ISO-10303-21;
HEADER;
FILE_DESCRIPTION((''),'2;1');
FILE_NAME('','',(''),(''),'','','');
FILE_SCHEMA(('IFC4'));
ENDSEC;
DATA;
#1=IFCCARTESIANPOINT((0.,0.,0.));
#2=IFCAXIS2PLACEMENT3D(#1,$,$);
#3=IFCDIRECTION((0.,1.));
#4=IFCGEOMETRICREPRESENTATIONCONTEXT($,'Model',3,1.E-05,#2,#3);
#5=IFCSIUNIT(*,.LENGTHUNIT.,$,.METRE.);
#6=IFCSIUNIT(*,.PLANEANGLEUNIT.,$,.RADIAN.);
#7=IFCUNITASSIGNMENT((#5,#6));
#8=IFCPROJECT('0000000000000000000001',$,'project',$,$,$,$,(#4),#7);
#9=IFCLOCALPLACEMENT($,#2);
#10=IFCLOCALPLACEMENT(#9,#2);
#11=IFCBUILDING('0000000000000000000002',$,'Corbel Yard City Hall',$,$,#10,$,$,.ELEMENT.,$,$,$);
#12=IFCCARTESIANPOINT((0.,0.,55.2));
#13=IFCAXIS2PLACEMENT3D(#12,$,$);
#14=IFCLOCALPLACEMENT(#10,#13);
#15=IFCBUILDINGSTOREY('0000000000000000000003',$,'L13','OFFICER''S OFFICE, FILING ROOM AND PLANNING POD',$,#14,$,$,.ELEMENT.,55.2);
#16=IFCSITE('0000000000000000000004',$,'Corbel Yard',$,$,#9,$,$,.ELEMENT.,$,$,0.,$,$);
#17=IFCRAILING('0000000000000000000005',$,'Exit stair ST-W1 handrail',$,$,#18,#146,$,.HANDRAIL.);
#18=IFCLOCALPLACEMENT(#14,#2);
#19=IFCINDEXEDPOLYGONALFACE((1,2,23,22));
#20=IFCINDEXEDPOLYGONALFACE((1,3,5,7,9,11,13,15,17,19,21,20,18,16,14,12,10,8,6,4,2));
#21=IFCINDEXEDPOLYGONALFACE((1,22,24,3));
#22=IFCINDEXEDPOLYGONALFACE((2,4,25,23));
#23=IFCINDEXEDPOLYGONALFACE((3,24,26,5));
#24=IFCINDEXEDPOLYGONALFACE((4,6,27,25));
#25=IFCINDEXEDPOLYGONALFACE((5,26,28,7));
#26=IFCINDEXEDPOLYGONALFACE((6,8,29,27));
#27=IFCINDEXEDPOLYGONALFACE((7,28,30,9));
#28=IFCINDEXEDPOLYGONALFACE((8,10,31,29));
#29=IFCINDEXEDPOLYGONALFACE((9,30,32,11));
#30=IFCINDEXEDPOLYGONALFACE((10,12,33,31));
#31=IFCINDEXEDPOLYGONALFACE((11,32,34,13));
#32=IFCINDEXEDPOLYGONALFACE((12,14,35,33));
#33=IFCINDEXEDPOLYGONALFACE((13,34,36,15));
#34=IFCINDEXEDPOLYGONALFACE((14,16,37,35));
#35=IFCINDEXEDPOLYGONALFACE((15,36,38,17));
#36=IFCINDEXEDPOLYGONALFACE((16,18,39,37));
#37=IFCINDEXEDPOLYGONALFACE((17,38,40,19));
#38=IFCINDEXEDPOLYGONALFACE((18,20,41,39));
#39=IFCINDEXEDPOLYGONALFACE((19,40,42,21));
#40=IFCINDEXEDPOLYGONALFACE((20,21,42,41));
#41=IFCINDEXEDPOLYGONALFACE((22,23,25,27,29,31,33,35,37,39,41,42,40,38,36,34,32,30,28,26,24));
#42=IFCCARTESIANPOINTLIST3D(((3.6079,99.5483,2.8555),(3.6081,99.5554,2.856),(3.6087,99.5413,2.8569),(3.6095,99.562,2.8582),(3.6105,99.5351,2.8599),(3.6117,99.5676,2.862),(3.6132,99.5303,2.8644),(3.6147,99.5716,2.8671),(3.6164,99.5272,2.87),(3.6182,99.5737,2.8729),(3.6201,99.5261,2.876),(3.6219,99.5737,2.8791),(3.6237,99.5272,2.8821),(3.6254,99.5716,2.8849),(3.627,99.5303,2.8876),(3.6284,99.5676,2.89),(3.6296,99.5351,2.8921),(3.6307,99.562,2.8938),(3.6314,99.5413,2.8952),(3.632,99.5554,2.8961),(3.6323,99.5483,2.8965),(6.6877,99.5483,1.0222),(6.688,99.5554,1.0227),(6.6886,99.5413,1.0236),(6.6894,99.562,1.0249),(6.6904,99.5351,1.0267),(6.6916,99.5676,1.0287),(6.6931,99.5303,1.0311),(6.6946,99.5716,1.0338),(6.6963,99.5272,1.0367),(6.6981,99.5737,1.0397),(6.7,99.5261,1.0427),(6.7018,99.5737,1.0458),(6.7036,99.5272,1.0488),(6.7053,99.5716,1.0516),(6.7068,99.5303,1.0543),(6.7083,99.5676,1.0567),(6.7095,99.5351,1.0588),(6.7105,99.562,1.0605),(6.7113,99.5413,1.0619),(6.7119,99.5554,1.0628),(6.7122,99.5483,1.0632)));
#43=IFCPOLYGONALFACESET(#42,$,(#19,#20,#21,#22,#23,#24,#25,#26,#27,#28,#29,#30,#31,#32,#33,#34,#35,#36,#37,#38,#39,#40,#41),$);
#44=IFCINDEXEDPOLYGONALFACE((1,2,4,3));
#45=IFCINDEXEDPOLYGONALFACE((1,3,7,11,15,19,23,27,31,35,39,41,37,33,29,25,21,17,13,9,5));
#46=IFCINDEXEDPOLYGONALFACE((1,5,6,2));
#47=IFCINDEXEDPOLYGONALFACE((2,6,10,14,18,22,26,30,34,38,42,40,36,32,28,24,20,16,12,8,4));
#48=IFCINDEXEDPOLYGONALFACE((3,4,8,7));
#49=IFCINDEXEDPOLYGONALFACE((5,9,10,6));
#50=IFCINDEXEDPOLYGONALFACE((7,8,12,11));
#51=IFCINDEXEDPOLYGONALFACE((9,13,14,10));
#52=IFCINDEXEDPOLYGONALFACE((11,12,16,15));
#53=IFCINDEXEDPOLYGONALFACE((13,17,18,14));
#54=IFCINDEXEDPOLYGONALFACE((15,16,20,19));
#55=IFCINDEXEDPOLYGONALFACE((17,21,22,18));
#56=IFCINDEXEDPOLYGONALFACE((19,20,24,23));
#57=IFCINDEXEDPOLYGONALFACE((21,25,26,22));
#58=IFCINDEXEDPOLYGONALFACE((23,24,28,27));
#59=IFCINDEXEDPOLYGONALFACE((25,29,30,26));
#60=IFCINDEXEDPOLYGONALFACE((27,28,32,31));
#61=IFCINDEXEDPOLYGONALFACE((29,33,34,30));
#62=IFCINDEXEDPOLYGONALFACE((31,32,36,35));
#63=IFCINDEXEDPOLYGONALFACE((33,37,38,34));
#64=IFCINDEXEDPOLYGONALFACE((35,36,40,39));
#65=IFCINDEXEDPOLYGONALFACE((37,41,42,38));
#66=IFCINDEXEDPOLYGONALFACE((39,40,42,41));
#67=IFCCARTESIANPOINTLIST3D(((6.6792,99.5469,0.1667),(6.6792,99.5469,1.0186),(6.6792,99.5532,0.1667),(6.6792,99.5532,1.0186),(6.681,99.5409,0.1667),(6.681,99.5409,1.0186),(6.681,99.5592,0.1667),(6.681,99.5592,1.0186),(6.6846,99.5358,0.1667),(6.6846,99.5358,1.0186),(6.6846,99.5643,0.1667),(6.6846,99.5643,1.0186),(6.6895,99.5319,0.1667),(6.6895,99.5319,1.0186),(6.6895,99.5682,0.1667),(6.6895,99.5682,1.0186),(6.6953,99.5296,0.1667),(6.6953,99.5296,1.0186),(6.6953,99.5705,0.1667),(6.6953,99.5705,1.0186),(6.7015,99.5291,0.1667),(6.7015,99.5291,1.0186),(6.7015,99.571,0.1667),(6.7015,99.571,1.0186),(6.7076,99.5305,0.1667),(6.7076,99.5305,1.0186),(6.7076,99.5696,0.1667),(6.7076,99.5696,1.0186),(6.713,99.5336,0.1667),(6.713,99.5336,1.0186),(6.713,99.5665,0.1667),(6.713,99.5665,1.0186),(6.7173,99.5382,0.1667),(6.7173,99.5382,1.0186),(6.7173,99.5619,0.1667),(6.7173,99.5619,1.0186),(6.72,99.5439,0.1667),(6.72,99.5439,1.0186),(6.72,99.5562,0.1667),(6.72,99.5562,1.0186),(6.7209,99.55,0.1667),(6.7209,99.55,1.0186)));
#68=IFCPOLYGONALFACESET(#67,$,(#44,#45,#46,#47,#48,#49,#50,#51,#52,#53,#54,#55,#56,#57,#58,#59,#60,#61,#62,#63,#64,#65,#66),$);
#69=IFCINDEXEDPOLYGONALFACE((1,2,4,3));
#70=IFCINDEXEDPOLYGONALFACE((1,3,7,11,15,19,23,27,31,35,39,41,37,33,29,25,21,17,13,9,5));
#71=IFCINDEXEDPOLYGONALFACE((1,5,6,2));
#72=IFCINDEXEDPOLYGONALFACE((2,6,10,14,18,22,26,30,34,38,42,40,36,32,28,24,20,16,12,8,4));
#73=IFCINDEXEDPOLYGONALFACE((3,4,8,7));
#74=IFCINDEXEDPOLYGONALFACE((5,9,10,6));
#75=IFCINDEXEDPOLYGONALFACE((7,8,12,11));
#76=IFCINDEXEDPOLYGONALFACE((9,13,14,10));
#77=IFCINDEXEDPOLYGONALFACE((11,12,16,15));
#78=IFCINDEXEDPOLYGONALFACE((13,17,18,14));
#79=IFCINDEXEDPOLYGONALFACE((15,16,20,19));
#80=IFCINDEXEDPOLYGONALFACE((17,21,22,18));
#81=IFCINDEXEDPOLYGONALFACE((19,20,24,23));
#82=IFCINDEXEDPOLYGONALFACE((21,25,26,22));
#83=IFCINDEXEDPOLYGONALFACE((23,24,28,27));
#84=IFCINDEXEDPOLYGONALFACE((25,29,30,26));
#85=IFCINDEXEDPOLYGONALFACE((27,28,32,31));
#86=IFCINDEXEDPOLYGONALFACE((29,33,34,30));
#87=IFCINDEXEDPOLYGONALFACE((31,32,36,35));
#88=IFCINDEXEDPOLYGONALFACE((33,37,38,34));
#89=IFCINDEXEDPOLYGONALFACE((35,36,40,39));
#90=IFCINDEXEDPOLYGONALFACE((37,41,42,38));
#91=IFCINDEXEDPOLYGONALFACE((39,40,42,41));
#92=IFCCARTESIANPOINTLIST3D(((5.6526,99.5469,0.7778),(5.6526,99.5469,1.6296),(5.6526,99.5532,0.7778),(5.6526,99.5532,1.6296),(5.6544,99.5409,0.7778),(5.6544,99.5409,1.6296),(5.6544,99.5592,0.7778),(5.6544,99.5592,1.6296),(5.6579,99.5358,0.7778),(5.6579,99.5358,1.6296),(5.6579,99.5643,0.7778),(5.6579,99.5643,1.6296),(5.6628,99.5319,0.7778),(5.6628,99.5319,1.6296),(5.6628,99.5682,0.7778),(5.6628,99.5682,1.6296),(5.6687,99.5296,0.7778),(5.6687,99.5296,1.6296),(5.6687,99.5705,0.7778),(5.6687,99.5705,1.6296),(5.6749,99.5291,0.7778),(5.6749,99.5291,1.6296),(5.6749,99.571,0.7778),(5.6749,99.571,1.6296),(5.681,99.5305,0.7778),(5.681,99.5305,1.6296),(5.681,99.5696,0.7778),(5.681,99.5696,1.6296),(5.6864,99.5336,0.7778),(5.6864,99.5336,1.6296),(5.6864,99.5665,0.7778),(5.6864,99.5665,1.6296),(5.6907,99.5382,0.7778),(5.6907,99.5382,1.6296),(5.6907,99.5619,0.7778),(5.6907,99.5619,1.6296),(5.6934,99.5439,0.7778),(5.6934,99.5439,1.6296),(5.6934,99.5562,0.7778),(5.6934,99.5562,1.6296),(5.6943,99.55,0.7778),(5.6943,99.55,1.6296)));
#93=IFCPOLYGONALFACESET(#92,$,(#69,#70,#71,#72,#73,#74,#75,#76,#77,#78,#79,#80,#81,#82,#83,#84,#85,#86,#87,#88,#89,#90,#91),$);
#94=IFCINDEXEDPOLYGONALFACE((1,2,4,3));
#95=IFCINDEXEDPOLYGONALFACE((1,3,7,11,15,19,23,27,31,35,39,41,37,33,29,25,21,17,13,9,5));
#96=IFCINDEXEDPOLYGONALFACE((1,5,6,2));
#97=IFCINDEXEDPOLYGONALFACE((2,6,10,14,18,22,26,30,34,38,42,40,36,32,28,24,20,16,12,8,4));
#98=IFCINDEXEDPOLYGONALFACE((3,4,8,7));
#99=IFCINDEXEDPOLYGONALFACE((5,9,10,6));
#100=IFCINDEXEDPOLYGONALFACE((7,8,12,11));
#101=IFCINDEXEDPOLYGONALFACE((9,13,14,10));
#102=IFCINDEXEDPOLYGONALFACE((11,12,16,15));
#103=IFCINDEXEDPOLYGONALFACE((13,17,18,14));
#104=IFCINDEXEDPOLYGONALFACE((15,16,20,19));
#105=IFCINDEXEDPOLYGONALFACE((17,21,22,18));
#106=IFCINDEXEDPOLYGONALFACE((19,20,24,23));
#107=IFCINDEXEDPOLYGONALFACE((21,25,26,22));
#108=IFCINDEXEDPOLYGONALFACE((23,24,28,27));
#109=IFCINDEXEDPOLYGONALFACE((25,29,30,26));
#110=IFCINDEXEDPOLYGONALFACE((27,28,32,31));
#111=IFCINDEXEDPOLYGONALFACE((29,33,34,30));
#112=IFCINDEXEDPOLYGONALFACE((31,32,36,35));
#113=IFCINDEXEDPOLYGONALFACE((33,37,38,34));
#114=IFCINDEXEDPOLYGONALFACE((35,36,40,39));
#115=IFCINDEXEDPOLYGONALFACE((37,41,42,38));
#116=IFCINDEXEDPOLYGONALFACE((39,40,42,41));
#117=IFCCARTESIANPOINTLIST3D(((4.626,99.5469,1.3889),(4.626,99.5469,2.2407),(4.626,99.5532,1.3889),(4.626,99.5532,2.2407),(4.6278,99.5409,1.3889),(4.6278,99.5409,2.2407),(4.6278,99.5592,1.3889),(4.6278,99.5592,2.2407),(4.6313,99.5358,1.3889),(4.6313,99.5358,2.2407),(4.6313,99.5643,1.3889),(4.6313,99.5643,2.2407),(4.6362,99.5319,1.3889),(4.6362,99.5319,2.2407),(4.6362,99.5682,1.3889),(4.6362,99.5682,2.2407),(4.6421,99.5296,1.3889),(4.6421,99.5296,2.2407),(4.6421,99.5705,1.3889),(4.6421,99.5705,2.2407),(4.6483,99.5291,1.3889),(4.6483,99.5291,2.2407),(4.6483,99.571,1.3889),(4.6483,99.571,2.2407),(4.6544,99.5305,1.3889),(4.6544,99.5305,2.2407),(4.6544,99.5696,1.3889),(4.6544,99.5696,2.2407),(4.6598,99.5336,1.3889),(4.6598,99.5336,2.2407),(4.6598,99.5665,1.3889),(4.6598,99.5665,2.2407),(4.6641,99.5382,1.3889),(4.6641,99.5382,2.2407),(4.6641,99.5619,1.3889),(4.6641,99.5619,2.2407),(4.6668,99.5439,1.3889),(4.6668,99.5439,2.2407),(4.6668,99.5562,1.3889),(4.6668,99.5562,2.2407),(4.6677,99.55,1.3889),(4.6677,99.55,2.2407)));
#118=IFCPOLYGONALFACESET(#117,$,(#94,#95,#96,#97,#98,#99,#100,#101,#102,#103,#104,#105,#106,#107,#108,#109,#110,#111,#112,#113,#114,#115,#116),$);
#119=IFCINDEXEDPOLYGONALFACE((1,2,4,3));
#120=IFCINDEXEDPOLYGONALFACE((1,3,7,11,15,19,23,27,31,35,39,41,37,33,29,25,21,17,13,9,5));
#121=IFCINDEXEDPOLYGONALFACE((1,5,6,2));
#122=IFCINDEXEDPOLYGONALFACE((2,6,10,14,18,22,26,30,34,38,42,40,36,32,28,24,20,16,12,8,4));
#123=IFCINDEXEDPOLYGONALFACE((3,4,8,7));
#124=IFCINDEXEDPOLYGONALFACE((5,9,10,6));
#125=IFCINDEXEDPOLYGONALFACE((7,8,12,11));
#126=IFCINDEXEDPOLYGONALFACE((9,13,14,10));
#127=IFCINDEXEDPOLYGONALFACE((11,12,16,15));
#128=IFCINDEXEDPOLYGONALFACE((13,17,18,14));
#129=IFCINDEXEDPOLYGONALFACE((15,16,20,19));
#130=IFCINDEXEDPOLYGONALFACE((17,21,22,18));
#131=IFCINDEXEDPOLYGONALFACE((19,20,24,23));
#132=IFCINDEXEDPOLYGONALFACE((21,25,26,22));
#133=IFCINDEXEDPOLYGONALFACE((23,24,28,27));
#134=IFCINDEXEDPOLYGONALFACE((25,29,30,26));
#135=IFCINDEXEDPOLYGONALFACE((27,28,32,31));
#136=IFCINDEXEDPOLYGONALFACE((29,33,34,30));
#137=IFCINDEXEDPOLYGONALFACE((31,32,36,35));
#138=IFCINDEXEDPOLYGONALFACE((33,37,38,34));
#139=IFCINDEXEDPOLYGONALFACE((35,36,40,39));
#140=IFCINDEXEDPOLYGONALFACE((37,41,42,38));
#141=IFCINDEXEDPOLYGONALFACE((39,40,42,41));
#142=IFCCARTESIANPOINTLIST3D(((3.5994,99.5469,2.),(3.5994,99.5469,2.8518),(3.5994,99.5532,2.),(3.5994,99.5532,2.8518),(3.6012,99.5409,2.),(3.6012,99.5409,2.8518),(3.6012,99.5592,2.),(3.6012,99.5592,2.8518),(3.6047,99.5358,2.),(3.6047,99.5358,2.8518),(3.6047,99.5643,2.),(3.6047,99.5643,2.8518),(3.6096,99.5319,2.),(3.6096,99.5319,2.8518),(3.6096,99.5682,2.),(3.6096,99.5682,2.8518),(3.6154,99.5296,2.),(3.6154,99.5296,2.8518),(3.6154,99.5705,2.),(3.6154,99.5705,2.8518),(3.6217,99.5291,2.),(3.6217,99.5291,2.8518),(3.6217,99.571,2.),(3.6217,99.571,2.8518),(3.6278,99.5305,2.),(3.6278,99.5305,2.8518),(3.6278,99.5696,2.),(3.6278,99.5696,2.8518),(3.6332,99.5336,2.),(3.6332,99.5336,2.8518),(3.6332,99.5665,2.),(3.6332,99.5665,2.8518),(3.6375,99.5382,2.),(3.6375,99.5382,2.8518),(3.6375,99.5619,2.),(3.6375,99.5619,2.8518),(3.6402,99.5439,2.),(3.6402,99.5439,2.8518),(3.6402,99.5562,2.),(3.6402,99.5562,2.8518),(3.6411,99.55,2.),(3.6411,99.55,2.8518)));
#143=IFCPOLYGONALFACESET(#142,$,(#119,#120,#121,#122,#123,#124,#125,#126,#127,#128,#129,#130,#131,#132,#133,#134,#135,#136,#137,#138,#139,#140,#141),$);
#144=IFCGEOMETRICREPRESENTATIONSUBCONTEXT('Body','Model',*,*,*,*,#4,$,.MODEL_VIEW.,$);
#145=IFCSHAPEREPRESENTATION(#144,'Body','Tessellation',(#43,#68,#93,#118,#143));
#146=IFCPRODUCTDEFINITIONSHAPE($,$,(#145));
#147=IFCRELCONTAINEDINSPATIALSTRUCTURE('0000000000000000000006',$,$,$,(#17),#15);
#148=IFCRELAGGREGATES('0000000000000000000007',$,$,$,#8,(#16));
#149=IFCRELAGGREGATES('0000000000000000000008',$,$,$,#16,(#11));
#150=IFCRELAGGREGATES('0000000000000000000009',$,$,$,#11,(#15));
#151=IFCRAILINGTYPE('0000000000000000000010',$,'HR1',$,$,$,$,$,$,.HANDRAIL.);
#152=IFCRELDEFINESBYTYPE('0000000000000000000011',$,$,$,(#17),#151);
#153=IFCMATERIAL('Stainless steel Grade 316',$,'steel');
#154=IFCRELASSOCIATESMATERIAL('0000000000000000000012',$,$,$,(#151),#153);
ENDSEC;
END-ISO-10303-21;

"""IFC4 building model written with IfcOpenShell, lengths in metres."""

from ifc_helpers import new_model, si_unit, direction, frame, origin, origin_2d, place, context, subcontext, project, spatial, circle, extrude, material, type_object, element, save


model = new_model("IFC4")

# Units and contexts
model_context = context("Model", 3, precision=1e-05, world=origin(), true_north=direction((0.0, 1.0)))
body_context = subcontext(model_context, "Body", "Model", "MODEL_VIEW")
ifc_project = project(units=[si_unit("LENGTHUNIT", "METRE"), si_unit("PLANEANGLEUNIT", "RADIAN")], contexts=[model_context])

# Site, building, storey
site_placement = place(None, origin())
site = spatial("IfcSite", under=ifc_project, at=site_placement, Name="Corbel Yard", CompositionType="ELEMENT", RefElevation=0.0)
building_placement = place(site_placement, origin())
building = spatial("IfcBuilding", under=site, at=building_placement, Name="Corbel Yard City Hall", CompositionType="ELEMENT")
storey_placement = place(building_placement, frame((0.0, 0.0, 55.2)))
storey = spatial("IfcBuildingStorey", under=building, at=storey_placement, Name="L13", Description="OFFICER'S OFFICE, FILING ROOM AND PLANNING POD", CompositionType="ELEMENT", Elevation=55.2)

# Railing
ifc_material_1 = material(Name="Stainless steel Grade 316", Category="steel")
railing_type = type_object("IfcRailingType", Name="HR1", PredefinedType="HANDRAIL", material=ifc_material_1)
for number, where, name in (
    (1, (6.7, 99.55, 0.1667), "Exit stair ST-W1 handrail"),
):
    element("IfcRailing", number, at=place(storey_placement, frame(where)), inside=storey, type_object=railing_type, Name=name, PredefinedType="HANDRAIL", context=body_context, shape_type="SweptSolid", body=[
        extrude(circle(Radius=0.0239, at=origin_2d()), frame((0.0, 0.0, 0.876), z_axis=(-0.859291, 0.0, 0.511487), x_axis=(0.0, -1.0, 0.0)), (0.0, 0.0, 1.0), 3.5842),
        extrude(circle(Radius=0.021, at=origin_2d()), origin(), (0.0, 0.0, 1.0), 0.8518),
        extrude(circle(Radius=0.021, at=origin_2d()), frame((-1.0266, 0.0, 0.6111)), (0.0, 0.0, 1.0), 0.8518),
        extrude(circle(Radius=0.021, at=origin_2d()), frame((-2.0532, 0.0, 1.2222)), (0.0, 0.0, 1.0), 0.8518),
        extrude(circle(Radius=0.021, at=origin_2d()), frame((-3.0798, 0.0, 1.8333)), (0.0, 0.0, 1.0), 0.8518),
    ])

save(model, "model.ifc")
